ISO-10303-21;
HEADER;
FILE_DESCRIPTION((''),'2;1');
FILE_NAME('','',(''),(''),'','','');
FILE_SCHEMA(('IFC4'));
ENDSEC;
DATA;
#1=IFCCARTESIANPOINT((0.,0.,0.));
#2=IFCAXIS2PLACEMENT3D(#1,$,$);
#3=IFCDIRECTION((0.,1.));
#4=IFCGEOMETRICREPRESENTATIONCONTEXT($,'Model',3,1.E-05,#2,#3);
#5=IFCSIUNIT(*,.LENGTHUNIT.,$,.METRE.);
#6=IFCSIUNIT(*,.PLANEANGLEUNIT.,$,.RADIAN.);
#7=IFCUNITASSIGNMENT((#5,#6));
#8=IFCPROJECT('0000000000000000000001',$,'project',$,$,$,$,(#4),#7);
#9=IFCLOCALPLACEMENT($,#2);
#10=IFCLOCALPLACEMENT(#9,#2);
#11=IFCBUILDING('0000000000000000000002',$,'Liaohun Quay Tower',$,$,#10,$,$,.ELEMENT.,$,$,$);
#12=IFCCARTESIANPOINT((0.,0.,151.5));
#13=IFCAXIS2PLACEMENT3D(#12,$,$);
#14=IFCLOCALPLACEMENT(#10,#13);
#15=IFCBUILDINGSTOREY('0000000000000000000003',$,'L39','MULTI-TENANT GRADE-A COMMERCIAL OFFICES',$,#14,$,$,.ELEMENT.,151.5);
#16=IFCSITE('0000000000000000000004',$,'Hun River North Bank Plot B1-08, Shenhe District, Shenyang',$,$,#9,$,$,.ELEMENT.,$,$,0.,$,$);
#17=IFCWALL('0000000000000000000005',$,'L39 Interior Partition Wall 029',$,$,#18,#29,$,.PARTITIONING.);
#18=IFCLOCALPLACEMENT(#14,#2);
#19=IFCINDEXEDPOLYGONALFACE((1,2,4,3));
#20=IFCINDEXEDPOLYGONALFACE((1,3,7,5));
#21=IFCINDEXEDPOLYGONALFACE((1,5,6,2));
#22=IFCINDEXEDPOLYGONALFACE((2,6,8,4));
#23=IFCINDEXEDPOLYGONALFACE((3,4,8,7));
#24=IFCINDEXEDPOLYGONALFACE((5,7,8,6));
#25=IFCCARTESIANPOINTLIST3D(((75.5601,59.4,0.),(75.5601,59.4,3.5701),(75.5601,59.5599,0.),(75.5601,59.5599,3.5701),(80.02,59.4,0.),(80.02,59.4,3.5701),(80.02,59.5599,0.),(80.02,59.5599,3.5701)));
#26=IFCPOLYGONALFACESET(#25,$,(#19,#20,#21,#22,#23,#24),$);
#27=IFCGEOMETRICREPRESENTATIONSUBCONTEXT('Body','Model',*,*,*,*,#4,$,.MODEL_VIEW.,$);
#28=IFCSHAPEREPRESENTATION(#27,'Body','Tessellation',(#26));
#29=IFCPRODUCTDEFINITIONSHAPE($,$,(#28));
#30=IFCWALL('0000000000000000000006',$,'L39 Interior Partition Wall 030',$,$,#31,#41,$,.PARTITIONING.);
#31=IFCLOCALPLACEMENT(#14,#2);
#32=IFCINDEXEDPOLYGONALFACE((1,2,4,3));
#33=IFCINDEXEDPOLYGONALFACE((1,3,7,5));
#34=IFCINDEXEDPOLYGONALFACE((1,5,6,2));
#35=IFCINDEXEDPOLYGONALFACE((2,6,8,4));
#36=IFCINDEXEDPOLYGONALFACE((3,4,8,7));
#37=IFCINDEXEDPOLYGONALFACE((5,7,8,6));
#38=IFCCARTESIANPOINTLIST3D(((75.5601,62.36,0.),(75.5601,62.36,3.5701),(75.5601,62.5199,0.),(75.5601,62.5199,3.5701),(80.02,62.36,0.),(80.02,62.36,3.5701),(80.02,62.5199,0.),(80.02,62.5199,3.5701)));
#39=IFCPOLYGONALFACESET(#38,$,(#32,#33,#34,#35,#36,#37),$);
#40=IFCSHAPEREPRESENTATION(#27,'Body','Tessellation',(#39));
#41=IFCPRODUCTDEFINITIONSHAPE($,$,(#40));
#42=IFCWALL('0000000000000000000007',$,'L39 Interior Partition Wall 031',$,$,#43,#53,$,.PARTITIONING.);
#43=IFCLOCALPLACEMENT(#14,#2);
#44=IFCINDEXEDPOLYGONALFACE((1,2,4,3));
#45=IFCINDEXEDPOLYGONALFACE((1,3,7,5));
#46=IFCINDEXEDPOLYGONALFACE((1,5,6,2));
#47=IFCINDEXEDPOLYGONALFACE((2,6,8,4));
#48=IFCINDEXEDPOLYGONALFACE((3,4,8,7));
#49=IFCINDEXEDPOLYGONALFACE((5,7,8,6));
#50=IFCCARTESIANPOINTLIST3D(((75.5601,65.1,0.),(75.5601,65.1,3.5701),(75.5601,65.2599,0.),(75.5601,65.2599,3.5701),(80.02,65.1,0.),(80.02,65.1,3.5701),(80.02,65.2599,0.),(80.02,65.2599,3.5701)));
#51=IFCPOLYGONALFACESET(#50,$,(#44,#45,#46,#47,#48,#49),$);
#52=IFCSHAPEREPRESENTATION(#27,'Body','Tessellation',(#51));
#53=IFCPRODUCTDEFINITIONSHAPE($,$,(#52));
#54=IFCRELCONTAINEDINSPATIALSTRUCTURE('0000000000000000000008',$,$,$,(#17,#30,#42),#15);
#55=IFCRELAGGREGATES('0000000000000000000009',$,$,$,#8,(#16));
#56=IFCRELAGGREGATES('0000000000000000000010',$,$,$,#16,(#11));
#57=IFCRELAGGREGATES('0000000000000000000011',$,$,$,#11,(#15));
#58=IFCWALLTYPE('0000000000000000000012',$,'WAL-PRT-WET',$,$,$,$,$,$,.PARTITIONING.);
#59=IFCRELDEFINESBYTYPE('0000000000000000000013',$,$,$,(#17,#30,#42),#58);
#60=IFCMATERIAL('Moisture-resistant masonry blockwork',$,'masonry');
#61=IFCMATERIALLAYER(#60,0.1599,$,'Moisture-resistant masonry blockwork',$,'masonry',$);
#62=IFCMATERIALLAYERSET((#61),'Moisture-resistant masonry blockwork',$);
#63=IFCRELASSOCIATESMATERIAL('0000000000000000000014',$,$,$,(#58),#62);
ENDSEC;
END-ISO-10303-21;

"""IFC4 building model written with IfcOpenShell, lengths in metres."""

from ifc_helpers import new_model, si_unit, direction, frame, frame_2d, origin, place, context, subcontext, project, spatial, rectangle, extrude, material, layer, layer_set, type_object, element, save


model = new_model("IFC4")

# Units and contexts
model_context = context("Model", 3, precision=1e-05, world=origin(), true_north=direction((0.0, 1.0)))
body_context = subcontext(model_context, "Body", "Model", "MODEL_VIEW")
ifc_project = project(units=[si_unit("LENGTHUNIT", "METRE"), si_unit("PLANEANGLEUNIT", "RADIAN")], contexts=[model_context])

# Site, building, storey
site_placement = place(None, origin())
site = spatial("IfcSite", under=ifc_project, at=site_placement, Name="Hun River North Bank Plot B1-08, Shenhe District, Shenyang", CompositionType="ELEMENT", RefElevation=0.0)
building_placement = place(site_placement, origin())
building = spatial("IfcBuilding", under=site, at=building_placement, Name="Liaohun Quay Tower", CompositionType="ELEMENT")
storey_placement = place(building_placement, frame((0.0, 0.0, 151.5)))
storey = spatial("IfcBuildingStorey", under=building, at=storey_placement, Name="L39", Description="MULTI-TENANT GRADE-A COMMERCIAL OFFICES", CompositionType="ELEMENT", Elevation=151.5)

# Shared definitions
ifc_material_1 = material(Name="Moisture-resistant masonry blockwork", Category="masonry")
ifc_layer_1 = layer(ifc_material_1, 0.1599, Name="Moisture-resistant masonry blockwork", Category="masonry")
ifc_layer_set_1 = layer_set([ifc_layer_1], Name="Moisture-resistant masonry blockwork")
wall_type_1 = type_object("IfcWallType", Name="WAL-PRT-WET", PredefinedType="PARTITIONING", material=ifc_layer_set_1)

# Walls
for number, where, z_axis, x_axis, name in (
    (1, (75.5601, 59.48, 0.0), (0.0, 0.0, 1.0), (1.0, 0.0, 0.0), "L39 Interior Partition Wall 029"),
    (2, (75.5601, 62.4399, 0.0), (0.0, 0.0, 1.0), (1.0, 0.0, 0.0), "L39 Interior Partition Wall 030"),
    (3, (75.5601, 65.1799, 0.0), (0.0, 0.0, 1.0), (1.0, 0.0, 0.0), "L39 Interior Partition Wall 031"),
):
    element("IfcWall", number, at=place(storey_placement, frame(where, z_axis=z_axis, x_axis=x_axis)), inside=storey, type_object=wall_type_1, Name=name, PredefinedType="PARTITIONING", context=body_context, shape_type="SweptSolid", body=[
        extrude(rectangle(XDim=4.46, YDim=0.1599, at=frame_2d((2.23, 0.0))), origin(), (0.0, 0.0, 1.0), 3.5701),
    ])

save(model, "model.ifc")
